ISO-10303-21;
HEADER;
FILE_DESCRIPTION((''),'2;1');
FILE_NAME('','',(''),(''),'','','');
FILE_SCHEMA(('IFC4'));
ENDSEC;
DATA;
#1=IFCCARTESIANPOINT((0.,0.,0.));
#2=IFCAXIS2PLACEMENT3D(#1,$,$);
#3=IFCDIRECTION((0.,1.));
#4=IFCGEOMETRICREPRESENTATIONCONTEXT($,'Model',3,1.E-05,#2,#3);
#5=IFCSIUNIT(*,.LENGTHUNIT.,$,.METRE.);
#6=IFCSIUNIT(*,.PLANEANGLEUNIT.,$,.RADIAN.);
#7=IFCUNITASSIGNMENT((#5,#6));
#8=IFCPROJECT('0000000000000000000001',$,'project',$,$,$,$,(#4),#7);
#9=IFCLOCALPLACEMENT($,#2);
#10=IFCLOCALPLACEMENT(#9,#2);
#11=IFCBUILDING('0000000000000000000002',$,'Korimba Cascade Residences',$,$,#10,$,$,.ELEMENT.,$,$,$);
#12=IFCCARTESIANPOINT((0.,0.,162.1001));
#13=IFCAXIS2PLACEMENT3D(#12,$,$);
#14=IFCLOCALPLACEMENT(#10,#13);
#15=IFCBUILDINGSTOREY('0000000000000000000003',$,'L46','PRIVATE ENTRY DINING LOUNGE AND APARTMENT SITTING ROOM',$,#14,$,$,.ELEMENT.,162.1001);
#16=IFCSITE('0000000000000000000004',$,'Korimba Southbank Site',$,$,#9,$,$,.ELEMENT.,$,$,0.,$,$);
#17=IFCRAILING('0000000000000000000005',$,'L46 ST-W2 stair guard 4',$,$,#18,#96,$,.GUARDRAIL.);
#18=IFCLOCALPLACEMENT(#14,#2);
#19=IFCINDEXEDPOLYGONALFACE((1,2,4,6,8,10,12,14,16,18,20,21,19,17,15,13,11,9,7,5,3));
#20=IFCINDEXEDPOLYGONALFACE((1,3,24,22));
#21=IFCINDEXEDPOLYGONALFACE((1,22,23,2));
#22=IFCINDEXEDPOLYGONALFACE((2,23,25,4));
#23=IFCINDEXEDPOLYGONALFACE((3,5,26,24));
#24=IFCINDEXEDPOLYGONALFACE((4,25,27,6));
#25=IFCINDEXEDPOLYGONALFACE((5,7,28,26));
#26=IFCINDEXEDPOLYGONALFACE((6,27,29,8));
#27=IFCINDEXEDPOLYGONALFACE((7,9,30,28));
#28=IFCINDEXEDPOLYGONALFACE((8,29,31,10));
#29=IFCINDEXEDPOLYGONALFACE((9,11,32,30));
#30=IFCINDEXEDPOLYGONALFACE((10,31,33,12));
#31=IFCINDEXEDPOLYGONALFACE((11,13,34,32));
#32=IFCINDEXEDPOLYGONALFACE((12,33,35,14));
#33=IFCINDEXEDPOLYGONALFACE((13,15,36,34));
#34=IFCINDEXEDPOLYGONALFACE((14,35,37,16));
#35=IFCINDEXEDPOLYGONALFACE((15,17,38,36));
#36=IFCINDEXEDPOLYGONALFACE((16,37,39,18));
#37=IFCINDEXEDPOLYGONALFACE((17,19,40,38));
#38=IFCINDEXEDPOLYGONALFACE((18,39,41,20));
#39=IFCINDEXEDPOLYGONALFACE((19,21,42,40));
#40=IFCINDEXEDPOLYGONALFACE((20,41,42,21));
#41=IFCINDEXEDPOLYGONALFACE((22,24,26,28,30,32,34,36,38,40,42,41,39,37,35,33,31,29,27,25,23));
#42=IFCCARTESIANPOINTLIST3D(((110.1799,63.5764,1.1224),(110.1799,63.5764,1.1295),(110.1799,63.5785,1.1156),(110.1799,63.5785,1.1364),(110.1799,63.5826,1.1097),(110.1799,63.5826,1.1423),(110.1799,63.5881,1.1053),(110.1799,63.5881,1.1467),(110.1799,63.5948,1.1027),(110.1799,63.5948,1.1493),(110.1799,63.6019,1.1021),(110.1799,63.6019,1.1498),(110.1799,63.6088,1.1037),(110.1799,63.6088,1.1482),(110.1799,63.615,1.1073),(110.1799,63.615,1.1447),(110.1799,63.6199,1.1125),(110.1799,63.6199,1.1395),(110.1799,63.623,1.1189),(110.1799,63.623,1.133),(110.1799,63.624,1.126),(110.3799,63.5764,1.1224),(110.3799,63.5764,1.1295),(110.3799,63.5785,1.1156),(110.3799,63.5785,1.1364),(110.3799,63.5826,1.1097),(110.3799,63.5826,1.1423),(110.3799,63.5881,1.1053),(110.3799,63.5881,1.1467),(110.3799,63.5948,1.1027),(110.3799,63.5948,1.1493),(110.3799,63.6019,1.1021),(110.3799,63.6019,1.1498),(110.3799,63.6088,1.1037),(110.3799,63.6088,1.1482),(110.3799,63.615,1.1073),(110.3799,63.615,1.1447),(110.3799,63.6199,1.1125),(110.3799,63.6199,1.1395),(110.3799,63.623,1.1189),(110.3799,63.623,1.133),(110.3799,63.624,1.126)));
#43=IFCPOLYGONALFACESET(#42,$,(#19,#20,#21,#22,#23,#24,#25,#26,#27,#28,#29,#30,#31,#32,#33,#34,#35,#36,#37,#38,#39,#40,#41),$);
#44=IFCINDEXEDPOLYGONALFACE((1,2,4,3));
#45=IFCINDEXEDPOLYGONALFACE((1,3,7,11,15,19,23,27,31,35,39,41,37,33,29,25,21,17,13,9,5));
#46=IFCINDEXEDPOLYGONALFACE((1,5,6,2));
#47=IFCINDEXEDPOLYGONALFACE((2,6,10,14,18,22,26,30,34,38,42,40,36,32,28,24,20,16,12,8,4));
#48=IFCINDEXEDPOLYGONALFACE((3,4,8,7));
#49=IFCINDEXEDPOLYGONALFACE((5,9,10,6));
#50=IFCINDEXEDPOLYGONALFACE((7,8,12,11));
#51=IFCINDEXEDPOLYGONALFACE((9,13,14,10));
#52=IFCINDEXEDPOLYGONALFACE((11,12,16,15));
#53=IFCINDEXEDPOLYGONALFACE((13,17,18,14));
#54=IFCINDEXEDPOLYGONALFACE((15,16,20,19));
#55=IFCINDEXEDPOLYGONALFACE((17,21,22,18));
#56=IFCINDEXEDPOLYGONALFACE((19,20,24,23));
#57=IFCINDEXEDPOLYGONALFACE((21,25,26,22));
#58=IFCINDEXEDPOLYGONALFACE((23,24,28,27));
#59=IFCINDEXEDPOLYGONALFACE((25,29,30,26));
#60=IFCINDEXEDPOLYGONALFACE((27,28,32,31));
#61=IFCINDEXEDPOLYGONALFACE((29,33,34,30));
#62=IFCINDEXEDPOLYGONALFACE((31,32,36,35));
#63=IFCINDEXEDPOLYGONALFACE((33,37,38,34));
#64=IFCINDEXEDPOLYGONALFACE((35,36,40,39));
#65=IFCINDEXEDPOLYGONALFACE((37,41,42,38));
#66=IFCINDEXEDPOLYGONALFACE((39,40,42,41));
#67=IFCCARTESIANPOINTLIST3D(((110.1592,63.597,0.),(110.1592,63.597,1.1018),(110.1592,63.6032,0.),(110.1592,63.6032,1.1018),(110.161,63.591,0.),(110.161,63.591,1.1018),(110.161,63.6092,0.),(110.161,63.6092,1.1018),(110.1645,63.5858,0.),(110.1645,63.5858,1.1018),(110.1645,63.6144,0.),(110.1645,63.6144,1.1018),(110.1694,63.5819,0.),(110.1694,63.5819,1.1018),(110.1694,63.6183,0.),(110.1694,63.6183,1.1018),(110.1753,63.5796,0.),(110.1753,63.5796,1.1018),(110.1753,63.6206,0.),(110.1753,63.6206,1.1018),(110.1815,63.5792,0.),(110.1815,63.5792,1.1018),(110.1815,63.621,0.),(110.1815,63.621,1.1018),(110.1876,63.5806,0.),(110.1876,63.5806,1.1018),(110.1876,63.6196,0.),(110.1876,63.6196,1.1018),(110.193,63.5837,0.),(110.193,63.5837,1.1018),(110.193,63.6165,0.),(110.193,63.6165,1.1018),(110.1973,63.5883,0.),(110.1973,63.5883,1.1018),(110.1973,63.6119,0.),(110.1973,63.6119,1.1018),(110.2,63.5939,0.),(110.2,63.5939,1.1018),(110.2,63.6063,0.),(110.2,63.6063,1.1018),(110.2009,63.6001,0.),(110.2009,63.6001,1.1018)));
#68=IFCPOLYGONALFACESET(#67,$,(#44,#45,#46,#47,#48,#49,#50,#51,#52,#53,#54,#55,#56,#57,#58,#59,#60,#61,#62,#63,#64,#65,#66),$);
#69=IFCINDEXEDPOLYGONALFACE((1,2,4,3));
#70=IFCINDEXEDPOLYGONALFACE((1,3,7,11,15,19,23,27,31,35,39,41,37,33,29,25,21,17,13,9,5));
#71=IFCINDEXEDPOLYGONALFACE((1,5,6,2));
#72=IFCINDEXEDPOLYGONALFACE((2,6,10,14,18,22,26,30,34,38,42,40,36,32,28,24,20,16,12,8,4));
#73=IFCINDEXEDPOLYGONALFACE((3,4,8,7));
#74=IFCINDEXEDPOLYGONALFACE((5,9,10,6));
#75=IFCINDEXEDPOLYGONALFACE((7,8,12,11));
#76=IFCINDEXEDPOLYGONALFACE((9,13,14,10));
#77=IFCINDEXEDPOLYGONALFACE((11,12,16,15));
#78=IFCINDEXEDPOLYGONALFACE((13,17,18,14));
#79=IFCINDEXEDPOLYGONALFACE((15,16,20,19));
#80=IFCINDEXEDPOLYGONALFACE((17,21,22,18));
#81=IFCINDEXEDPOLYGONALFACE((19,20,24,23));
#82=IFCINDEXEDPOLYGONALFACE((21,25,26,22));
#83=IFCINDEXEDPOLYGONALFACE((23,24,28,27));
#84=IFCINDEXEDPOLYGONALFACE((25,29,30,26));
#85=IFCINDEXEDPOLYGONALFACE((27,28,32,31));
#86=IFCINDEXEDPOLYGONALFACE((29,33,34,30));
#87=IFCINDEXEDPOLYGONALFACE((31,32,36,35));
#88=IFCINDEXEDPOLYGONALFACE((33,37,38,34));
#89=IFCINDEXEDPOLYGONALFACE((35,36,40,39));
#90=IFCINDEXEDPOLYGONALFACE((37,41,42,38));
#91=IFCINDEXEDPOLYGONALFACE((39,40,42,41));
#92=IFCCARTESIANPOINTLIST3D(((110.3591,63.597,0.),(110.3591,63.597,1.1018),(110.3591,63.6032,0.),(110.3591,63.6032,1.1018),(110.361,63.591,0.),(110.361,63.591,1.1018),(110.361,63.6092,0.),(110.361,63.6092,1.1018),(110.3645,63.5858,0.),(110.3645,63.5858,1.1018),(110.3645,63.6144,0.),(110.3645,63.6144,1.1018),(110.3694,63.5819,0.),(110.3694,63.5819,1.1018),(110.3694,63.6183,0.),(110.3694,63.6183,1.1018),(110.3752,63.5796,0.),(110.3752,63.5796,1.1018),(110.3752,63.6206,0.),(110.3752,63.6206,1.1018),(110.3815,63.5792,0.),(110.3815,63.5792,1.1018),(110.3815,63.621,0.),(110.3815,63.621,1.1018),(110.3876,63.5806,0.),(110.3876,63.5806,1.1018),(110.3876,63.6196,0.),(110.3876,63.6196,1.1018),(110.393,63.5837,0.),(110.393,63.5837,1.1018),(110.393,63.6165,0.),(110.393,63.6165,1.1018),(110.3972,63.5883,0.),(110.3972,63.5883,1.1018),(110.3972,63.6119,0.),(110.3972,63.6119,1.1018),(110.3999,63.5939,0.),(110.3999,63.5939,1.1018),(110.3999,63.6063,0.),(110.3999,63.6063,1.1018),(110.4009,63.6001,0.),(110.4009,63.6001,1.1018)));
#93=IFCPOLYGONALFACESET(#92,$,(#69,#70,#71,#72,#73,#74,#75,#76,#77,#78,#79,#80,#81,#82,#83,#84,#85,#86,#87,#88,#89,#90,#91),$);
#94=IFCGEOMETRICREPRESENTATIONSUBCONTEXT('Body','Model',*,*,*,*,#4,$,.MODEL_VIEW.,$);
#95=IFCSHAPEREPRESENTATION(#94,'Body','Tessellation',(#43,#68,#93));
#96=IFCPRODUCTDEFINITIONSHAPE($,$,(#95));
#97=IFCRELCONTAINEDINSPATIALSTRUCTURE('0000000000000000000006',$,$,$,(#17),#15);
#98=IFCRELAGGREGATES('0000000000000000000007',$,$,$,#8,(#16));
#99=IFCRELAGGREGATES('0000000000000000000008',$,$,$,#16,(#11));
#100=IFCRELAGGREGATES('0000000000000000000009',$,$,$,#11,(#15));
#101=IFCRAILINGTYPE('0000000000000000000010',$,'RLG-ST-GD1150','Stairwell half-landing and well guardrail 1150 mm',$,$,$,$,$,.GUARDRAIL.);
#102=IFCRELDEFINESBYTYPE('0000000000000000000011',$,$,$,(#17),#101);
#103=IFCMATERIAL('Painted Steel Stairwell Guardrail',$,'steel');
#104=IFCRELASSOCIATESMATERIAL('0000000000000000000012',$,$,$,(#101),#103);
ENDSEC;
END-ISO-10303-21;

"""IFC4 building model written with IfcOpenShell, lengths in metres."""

from ifc_helpers import new_model, si_unit, direction, frame, origin, origin_2d, place, context, subcontext, project, spatial, circle, extrude, material, type_object, element, save


model = new_model("IFC4")

# Units and contexts
model_context = context("Model", 3, precision=1e-05, world=origin(), true_north=direction((0.0, 1.0)))
body_context = subcontext(model_context, "Body", "Model", "MODEL_VIEW")
ifc_project = project(units=[si_unit("LENGTHUNIT", "METRE"), si_unit("PLANEANGLEUNIT", "RADIAN")], contexts=[model_context])

# Site, building, storey
site_placement = place(None, origin())
site = spatial("IfcSite", under=ifc_project, at=site_placement, Name="Korimba Southbank Site", CompositionType="ELEMENT", RefElevation=0.0)
building_placement = place(site_placement, origin())
building = spatial("IfcBuilding", under=site, at=building_placement, Name="Korimba Cascade Residences", CompositionType="ELEMENT")
storey_placement = place(building_placement, frame((0.0, 0.0, 162.1001)))
storey = spatial("IfcBuildingStorey", under=building, at=storey_placement, Name="L46", Description="PRIVATE ENTRY DINING LOUNGE AND APARTMENT SITTING ROOM", CompositionType="ELEMENT", Elevation=162.1001)

# Railing
ifc_material_1 = material(Name="Painted Steel Stairwell Guardrail", Category="steel")
railing_type_1 = type_object("IfcRailingType", Name="RLG-ST-GD1150", Description="Stairwell half-landing and well guardrail 1150 mm", PredefinedType="GUARDRAIL", material=ifc_material_1)
railing_1_placement = place(storey_placement, frame((110.1799, 63.6001, 0.0)))
element("IfcRailing", 1, at=railing_1_placement, inside=storey, type_object=railing_type_1, Name="L46 ST-W2 stair guard 4", PredefinedType="GUARDRAIL", context=body_context, shape_type="SweptSolid", body=[
    extrude(circle(Radius=0.0239, at=origin_2d()), frame((0.0, 0.0, 1.126), z_axis=(1.0, 0.0, 0.0), x_axis=(0.0, 1.0, 0.0)), (0.0, 0.0, 1.0), 0.2),
    extrude(circle(Radius=0.021, at=origin_2d()), origin(), (0.0, 0.0, 1.0), 1.1018),
    extrude(circle(Radius=0.021, at=origin_2d()), frame((0.2, 0.0, 0.0)), (0.0, 0.0, 1.0), 1.1018),
])

save(model, "model.ifc")
